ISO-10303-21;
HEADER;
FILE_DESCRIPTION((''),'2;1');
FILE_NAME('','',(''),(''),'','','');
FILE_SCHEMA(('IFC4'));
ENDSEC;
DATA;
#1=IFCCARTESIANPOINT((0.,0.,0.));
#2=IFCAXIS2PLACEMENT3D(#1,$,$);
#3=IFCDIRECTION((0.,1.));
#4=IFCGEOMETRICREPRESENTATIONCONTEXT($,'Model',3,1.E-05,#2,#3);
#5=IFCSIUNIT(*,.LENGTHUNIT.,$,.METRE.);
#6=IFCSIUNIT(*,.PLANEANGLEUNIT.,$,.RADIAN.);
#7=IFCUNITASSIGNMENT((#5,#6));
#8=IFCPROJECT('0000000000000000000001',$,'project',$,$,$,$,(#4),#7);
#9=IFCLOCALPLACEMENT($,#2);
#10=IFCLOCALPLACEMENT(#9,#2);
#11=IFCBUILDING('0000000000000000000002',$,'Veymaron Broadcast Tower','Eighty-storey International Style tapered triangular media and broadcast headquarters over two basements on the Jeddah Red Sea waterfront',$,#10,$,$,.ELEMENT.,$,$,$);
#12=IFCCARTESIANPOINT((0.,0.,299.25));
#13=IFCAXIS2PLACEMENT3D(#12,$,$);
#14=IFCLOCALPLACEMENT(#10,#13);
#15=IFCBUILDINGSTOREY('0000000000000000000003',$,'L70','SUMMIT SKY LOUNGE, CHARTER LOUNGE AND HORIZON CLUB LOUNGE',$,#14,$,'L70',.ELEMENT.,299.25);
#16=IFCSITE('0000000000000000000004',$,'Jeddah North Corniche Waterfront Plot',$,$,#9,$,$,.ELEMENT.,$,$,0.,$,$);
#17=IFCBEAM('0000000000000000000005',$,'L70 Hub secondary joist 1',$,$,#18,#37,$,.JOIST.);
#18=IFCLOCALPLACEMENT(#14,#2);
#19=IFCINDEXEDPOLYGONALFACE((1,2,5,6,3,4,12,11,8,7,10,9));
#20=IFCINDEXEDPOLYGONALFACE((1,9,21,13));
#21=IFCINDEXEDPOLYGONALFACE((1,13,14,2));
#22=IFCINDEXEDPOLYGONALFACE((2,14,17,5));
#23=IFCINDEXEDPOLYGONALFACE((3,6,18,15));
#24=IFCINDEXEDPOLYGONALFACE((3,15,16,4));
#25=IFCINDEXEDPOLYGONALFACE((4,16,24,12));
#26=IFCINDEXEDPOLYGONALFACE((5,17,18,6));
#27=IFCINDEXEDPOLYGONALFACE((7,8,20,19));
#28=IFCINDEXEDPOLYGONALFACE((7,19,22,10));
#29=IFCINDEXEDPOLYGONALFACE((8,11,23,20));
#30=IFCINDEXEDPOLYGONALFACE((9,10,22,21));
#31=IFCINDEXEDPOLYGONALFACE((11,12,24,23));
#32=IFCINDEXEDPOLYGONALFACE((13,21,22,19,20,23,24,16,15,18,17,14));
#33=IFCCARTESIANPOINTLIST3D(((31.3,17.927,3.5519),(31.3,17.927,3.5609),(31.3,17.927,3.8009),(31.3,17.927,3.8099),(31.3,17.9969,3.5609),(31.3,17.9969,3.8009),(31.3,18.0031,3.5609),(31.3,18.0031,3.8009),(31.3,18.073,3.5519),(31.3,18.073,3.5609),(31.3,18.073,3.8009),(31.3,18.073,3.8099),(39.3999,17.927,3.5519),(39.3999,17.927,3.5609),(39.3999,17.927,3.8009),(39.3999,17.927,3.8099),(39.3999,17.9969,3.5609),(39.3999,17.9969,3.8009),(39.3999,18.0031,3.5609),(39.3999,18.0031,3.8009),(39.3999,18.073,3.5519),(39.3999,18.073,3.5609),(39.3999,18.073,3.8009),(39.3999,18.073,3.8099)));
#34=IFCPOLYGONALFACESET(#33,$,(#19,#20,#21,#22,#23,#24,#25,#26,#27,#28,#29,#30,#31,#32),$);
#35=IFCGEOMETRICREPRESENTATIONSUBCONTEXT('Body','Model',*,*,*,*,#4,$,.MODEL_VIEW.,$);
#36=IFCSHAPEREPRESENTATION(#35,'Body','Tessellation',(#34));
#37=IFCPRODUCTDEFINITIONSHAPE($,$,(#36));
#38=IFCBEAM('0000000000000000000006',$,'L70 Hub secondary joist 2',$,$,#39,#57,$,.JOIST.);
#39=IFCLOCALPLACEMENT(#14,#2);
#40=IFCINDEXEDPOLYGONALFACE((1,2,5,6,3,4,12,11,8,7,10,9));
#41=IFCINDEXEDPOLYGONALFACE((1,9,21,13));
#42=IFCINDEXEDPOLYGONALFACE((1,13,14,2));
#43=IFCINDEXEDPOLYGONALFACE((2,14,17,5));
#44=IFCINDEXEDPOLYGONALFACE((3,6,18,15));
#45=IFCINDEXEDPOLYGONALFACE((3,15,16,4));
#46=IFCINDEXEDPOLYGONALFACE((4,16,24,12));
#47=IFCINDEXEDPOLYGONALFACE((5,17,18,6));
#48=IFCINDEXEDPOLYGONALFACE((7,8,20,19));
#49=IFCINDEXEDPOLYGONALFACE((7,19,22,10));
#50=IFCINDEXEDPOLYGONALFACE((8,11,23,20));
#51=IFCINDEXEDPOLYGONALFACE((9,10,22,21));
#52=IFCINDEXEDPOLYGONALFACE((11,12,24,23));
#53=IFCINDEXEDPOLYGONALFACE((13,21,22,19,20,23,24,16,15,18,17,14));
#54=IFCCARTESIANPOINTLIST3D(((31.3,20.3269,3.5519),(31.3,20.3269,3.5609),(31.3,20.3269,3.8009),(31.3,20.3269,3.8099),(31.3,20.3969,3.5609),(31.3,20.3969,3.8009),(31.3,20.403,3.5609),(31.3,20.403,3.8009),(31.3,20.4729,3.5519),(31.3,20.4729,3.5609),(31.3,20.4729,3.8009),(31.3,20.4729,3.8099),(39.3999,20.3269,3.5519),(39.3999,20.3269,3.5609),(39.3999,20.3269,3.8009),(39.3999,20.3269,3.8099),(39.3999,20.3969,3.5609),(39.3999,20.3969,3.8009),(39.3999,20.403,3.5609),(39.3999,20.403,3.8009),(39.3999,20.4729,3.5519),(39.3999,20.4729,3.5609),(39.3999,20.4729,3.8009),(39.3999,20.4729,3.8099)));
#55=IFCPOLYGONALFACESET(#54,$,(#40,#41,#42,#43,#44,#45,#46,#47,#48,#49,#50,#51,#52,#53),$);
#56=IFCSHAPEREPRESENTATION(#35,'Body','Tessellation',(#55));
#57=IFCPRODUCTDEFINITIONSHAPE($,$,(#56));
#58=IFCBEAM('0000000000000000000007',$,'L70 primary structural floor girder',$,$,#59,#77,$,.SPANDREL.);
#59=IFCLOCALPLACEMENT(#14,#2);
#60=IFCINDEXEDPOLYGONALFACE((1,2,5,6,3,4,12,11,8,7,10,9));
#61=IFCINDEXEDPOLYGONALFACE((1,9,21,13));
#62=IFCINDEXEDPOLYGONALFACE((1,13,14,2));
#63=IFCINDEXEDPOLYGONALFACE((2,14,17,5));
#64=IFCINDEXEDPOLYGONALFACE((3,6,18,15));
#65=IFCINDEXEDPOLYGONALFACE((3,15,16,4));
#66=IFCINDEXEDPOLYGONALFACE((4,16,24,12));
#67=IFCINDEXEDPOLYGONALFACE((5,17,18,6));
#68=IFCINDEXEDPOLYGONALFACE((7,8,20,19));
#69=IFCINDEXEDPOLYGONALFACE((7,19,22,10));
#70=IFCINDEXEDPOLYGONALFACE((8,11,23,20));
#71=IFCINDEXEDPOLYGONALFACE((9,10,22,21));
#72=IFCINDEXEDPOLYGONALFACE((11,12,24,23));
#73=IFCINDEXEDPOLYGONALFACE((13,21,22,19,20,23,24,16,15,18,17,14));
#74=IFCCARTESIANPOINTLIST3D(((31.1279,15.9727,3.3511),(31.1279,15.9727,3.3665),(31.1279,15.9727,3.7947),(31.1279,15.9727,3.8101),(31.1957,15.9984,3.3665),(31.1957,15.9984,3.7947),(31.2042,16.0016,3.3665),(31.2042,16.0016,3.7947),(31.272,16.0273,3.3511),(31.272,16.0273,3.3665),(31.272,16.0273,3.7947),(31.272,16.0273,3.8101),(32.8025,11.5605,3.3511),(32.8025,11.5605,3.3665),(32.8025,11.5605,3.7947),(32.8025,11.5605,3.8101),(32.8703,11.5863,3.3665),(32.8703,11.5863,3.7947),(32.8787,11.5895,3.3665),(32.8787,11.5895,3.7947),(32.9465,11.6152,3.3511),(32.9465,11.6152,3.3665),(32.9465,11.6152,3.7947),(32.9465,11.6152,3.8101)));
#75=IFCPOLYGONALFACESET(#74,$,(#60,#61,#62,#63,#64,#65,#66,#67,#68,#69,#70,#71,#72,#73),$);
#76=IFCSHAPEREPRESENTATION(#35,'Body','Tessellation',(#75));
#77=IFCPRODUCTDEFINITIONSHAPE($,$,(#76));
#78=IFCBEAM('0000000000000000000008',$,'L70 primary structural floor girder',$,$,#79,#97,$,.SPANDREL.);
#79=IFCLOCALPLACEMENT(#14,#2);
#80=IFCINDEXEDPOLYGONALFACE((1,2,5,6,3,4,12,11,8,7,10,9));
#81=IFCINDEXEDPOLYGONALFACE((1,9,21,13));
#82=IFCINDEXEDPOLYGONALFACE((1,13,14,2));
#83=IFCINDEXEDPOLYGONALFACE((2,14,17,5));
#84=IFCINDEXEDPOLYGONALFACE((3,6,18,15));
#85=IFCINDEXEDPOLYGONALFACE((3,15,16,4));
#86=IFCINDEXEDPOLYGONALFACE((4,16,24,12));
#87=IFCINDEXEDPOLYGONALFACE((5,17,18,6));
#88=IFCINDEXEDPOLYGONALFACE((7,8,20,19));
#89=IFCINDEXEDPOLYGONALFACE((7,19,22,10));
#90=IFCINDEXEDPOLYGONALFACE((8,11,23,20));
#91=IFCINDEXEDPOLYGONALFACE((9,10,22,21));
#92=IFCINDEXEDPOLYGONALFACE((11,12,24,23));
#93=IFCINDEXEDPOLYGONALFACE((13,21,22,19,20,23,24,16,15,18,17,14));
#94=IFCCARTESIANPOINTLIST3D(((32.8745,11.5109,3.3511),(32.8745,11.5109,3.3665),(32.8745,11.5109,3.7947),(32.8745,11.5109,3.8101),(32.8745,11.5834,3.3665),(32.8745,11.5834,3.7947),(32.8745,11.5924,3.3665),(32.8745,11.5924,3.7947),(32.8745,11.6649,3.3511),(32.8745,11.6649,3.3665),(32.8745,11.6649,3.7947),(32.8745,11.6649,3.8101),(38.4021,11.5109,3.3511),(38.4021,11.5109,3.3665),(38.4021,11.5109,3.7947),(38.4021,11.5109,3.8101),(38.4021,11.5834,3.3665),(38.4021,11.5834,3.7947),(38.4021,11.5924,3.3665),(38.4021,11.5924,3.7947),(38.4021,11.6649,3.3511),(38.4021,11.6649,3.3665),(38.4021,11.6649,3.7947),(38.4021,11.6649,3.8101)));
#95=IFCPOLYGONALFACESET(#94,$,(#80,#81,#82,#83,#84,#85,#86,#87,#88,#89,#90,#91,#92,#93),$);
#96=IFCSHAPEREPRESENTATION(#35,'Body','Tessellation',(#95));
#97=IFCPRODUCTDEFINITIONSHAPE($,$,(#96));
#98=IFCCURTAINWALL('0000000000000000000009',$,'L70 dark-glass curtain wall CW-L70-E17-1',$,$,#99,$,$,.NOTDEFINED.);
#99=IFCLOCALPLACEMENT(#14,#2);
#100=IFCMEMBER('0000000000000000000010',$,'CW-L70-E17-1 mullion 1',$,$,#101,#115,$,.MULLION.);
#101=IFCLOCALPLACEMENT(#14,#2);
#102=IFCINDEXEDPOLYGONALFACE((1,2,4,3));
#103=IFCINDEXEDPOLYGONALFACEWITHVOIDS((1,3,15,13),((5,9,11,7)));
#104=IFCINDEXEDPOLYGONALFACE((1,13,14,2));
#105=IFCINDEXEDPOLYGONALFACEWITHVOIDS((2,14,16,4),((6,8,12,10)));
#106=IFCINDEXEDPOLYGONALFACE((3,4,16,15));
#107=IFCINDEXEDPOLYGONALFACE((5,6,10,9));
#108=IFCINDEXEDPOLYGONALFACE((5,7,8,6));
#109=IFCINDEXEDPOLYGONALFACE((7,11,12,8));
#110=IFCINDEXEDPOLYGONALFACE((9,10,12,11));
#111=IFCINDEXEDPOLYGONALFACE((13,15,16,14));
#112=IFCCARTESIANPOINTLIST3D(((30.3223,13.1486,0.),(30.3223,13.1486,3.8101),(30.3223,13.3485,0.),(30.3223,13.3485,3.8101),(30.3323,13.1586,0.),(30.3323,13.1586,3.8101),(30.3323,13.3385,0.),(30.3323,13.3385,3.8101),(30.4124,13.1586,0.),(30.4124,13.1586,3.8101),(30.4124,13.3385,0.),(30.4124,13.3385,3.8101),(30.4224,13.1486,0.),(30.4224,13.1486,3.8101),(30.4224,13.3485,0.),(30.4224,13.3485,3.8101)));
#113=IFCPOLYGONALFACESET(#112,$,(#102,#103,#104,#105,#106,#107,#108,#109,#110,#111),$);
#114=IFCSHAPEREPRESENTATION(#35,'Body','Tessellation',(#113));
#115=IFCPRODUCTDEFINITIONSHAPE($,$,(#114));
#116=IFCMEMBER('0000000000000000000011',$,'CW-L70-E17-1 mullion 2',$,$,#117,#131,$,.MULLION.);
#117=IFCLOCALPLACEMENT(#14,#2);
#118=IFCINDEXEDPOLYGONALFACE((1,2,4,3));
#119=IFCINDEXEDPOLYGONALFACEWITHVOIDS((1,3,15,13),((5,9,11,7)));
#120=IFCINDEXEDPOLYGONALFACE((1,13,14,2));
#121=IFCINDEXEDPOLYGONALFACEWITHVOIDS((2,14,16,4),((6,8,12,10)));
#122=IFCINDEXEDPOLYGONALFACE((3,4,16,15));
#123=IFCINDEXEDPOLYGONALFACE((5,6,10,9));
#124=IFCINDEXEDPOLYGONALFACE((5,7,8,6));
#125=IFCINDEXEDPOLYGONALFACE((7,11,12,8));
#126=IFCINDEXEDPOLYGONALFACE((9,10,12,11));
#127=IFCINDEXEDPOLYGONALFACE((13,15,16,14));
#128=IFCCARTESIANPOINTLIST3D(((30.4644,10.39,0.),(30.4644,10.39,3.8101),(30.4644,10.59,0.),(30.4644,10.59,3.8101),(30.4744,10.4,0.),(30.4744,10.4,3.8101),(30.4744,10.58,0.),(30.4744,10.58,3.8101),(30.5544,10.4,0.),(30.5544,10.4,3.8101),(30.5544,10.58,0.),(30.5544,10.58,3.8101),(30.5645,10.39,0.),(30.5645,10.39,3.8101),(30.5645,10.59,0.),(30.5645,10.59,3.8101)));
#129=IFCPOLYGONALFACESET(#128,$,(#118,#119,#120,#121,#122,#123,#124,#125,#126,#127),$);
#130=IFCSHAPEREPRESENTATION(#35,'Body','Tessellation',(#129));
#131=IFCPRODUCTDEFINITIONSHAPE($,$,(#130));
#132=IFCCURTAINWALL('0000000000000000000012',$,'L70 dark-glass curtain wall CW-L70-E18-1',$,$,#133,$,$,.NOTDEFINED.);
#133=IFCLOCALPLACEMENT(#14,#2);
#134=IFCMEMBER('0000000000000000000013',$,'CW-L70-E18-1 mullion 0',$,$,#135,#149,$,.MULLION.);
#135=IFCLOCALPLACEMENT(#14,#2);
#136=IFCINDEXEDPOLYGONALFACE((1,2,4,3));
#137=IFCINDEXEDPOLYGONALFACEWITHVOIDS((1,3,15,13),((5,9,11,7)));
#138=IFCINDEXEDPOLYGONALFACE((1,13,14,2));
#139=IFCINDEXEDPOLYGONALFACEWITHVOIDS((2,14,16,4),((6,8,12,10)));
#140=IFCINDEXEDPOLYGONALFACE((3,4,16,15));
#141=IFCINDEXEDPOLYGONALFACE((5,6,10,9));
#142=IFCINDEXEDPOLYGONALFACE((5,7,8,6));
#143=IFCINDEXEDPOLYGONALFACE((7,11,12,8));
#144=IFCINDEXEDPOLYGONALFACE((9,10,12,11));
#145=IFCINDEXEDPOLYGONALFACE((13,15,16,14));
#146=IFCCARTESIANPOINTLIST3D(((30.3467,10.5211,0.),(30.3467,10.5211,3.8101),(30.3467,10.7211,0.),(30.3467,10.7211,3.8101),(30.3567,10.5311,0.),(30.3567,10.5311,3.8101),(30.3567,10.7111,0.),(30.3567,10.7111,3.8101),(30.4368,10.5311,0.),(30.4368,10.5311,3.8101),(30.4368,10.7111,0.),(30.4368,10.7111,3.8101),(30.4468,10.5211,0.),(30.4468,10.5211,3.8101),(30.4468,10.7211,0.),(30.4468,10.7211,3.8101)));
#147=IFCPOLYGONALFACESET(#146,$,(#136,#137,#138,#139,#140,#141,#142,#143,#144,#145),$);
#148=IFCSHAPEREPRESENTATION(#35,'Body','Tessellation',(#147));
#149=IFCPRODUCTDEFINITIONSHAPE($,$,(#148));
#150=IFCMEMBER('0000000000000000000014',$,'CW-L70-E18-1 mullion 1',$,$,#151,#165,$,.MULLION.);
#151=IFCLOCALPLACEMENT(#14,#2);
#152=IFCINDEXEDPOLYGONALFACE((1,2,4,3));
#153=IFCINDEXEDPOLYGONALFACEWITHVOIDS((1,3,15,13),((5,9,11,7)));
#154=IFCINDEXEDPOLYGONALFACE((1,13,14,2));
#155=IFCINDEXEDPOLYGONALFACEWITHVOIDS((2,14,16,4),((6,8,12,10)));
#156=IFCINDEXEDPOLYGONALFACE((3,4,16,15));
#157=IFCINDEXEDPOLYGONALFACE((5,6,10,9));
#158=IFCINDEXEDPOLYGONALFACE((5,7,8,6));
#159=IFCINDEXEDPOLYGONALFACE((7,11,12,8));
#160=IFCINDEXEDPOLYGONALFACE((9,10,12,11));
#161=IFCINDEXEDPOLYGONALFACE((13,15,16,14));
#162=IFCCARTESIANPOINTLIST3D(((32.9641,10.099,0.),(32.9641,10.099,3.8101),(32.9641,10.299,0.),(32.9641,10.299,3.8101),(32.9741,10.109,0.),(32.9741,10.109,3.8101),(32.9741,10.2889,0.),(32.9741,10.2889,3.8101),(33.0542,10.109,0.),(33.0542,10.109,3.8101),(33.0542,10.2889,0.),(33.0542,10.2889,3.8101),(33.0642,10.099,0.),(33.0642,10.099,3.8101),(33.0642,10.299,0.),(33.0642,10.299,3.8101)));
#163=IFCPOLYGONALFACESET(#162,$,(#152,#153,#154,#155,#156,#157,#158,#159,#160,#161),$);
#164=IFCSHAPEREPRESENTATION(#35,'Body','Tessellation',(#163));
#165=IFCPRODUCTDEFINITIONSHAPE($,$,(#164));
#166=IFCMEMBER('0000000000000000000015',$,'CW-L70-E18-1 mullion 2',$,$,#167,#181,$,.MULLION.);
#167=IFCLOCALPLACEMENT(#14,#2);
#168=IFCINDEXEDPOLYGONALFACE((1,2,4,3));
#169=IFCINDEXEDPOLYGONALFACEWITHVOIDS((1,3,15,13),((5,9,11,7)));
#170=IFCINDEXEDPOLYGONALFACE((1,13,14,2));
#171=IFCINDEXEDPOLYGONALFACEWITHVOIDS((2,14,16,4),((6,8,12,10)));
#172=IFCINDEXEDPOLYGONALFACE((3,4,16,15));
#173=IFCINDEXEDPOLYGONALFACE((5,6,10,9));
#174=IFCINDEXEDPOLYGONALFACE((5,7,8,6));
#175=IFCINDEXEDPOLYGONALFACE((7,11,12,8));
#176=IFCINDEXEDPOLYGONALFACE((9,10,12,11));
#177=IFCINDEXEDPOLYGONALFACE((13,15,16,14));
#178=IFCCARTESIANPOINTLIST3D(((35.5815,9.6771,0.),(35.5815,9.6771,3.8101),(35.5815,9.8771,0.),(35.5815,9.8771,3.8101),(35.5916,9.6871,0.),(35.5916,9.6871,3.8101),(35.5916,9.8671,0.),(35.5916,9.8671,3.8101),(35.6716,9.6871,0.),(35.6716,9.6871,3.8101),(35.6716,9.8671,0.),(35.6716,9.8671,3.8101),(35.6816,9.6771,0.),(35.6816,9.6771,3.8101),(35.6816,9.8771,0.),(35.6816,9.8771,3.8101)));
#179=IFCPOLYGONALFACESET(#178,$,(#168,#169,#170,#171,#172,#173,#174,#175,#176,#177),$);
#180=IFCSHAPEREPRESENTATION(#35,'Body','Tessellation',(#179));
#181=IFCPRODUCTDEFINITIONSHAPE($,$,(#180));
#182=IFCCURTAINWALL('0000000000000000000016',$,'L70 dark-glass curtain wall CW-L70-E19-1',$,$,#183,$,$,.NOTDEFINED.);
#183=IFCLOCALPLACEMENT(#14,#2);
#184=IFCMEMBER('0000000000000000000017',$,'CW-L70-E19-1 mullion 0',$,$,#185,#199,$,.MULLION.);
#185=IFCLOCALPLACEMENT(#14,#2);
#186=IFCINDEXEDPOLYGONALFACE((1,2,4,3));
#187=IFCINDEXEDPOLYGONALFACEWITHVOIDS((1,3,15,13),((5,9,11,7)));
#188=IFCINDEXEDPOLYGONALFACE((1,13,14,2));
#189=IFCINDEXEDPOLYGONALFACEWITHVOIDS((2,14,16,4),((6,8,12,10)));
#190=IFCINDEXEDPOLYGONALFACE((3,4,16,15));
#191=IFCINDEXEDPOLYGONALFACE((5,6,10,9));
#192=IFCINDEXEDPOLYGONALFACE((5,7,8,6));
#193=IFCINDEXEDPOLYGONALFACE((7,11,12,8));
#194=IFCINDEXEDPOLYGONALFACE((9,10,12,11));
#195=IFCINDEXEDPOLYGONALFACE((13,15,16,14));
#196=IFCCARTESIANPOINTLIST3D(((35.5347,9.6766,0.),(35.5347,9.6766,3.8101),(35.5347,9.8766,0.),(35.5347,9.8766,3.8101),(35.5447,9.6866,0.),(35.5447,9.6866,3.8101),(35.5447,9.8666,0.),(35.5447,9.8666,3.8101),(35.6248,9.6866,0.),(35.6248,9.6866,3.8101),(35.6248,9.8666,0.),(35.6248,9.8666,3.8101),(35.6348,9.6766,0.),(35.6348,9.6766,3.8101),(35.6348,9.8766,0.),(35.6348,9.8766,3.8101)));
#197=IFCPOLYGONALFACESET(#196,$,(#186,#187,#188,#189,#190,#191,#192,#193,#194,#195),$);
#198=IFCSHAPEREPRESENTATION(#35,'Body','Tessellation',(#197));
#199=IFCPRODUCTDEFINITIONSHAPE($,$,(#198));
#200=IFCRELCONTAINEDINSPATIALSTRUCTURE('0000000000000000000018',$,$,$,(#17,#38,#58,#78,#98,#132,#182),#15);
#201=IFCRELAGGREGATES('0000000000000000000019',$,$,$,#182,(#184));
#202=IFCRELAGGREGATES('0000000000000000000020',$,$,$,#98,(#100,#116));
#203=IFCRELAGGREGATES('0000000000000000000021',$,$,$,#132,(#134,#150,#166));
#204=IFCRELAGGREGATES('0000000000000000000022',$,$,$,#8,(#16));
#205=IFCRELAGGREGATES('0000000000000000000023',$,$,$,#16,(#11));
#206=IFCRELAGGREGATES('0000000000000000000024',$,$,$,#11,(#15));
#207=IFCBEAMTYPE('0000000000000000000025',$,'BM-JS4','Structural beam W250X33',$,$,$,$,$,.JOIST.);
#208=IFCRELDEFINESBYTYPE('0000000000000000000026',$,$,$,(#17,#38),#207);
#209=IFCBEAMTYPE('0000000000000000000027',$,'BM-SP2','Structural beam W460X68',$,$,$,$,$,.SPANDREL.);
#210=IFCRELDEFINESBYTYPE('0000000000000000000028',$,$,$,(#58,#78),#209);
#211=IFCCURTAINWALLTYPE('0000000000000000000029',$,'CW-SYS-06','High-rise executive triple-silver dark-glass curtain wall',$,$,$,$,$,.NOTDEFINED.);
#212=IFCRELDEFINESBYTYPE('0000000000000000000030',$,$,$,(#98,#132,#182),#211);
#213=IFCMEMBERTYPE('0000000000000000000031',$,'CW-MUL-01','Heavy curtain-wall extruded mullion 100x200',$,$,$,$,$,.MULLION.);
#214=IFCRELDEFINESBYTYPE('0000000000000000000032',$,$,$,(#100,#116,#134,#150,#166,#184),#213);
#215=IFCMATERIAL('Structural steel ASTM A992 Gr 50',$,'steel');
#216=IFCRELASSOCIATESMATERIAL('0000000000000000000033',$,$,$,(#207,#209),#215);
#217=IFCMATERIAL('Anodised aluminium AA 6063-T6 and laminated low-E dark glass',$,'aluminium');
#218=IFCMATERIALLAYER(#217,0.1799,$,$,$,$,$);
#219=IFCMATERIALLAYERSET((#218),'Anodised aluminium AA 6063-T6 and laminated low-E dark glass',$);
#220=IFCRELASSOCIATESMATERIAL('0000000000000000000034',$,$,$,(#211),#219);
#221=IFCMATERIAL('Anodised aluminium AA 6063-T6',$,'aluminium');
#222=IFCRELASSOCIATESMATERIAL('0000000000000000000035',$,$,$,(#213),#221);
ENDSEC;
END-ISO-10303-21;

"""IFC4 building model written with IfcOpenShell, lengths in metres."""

from ifc_helpers import new_model, si_unit, direction, frame, origin, origin_2d, place, context, subcontext, project, spatial, hollow_rectangle, i_section, extrude, material, layer, layer_set, material_profile, profile_set, type_object, element, aggregate, save


model = new_model("IFC4")

# Units and contexts
model_context = context("Model", 3, precision=1e-05, world=origin(), true_north=direction((0.0, 1.0)))
body_context = subcontext(model_context, "Body", "Model", "MODEL_VIEW")
ifc_project = project(units=[si_unit("LENGTHUNIT", "METRE"), si_unit("PLANEANGLEUNIT", "RADIAN")], contexts=[model_context])

# Site, building, storey
site_placement = place(None, origin())
site = spatial("IfcSite", under=ifc_project, at=site_placement, Name="Jeddah North Corniche Waterfront Plot", CompositionType="ELEMENT", RefElevation=0.0)
building_placement = place(site_placement, origin())
building = spatial("IfcBuilding", under=site, at=building_placement, Name="Veymaron Broadcast Tower", Description="Eighty-storey International Style tapered triangular media and broadcast headquarters over two basements on the Jeddah Red Sea waterfront", CompositionType="ELEMENT")
storey_placement = place(building_placement, frame((0.0, 0.0, 299.25)))
storey = spatial("IfcBuildingStorey", under=building, at=storey_placement, Name="L70", Description="SUMMIT SKY LOUNGE, CHARTER LOUNGE AND HORIZON CLUB LOUNGE", LongName="L70", CompositionType="ELEMENT", Elevation=299.25)

# Shared definitions
ifc_material_1 = material(Name="Structural steel ASTM A992 Gr 50", Category="steel")

# Beams
ifc_material_profile_1 = material_profile(ifc_material_1, i_section(OverallWidth=0.146, OverallDepth=0.2581, WebThickness=0.0061, FlangeThickness=0.009, at=origin_2d()), Name="W250X33")
ifc_profile_set_1 = profile_set([ifc_material_profile_1], Name="Structural steel ASTM A992 Gr 50")
beam_type_1 = type_object("IfcBeamType", Name="BM-JS4", Description="Structural beam W250X33", PredefinedType="JOIST", material=ifc_profile_set_1)
for number, where, z_axis, x_axis, name in (
    (1, (31.3, 18.0, 3.6809), (1.0, 0.0, 0.0), (0.0, 1.0, 0.0), "L70 Hub secondary joist 1"),
    (2, (31.3, 20.3999, 3.6809), (1.0, 0.0, 0.0), (0.0, 1.0, 0.0), "L70 Hub secondary joist 2"),
):
    element("IfcBeam", number, at=place(storey_placement, frame(where, z_axis=z_axis, x_axis=x_axis)), inside=storey, type_object=beam_type_1, Name=name, PredefinedType="JOIST", context=body_context, shape_type="SweptSolid", body=[
        extrude(i_section(OverallWidth=0.146, OverallDepth=0.2581, WebThickness=0.0061, FlangeThickness=0.009, at=origin_2d()), origin(), (0.0, 0.0, 1.0), 8.0999),
    ])
ifc_material_profile_2 = material_profile(ifc_material_1, i_section(OverallWidth=0.1541, OverallDepth=0.459, WebThickness=0.009, FlangeThickness=0.0154, at=origin_2d()), Name="W460X68")
ifc_profile_set_2 = profile_set([ifc_material_profile_2], Name="Structural steel ASTM A992 Gr 50")
beam_type_2 = type_object("IfcBeamType", Name="BM-SP2", Description="Structural beam W460X68", PredefinedType="SPANDREL", material=ifc_profile_set_2)
beam_1_placement = place(storey_placement, frame((31.2, 16.0, 3.5806), z_axis=(0.35484, -0.934927, 0.0), x_axis=(0.934927, 0.35484, 0.0)))
element("IfcBeam", 3, at=beam_1_placement, inside=storey, type_object=beam_type_2, Name="L70 primary structural floor girder", PredefinedType="SPANDREL", context=body_context, shape_type="SweptSolid", body=[
    extrude(i_section(OverallWidth=0.1541, OverallDepth=0.459, WebThickness=0.009, FlangeThickness=0.0154, at=origin_2d()), origin(), (0.0, 0.0, 1.0), 4.7192),
])
beam_2_placement = place(storey_placement, frame((32.8745, 11.5879, 3.5806), z_axis=(1.0, 0.0, 0.0), x_axis=(0.0, 1.0, 0.0)))
element("IfcBeam", 4, at=beam_2_placement, inside=storey, type_object=beam_type_2, Name="L70 primary structural floor girder", PredefinedType="SPANDREL", context=body_context, shape_type="SweptSolid", body=[
    extrude(i_section(OverallWidth=0.1541, OverallDepth=0.459, WebThickness=0.009, FlangeThickness=0.0154, at=origin_2d()), origin(), (0.0, 0.0, 1.0), 5.5276),
])

# Curtain walls, members
ifc_material_2 = material(Name="Anodised aluminium AA 6063-T6 and laminated low-E dark glass", Category="aluminium")
ifc_layer_1 = layer(ifc_material_2, 0.1799)
ifc_layer_set_1 = layer_set([ifc_layer_1], Name="Anodised aluminium AA 6063-T6 and laminated low-E dark glass")
curtain_wall_type = type_object("IfcCurtainWallType", Name="CW-SYS-06", Description="High-rise executive triple-silver dark-glass curtain wall", PredefinedType="NOTDEFINED", material=ifc_layer_set_1)
curtain_wall_1_placement = place(storey_placement, origin())
curtain_wall_1 = element("IfcCurtainWall", 5, at=curtain_wall_1_placement, inside=storey, type_object=curtain_wall_type, Name="L70 dark-glass curtain wall CW-L70-E17-1", PredefinedType="NOTDEFINED")
ifc_material_3 = material(Name="Anodised aluminium AA 6063-T6", Category="aluminium")
ifc_material_profile_3 = material_profile(ifc_material_3, hollow_rectangle(XDim=0.1001, YDim=0.2, WallThickness=0.01, at=origin_2d()), Name="RHS200X100X10")
ifc_profile_set_3 = profile_set([ifc_material_profile_3], Name="Anodised aluminium AA 6063-T6")
member_type_1 = type_object("IfcMemberType", Name="CW-MUL-01", Description="Heavy curtain-wall extruded mullion 100x200", PredefinedType="MULLION", material=ifc_profile_set_3)
member_1_placement = place(storey_placement, frame((30.3723, 13.2485, 0.0), z_axis=(0.0, 0.0, 1.0), x_axis=(1.0, 0.0, 0.0)))
member_1 = element("IfcMember", 6, at=member_1_placement, type_object=member_type_1, Name="CW-L70-E17-1 mullion 1", PredefinedType="MULLION", context=body_context, shape_type="SweptSolid", body=[
    extrude(hollow_rectangle(XDim=0.1001, YDim=0.2, WallThickness=0.01, at=origin_2d()), origin(), (0.0, 0.0, 1.0), 3.8101),
])
member_2_placement = place(storey_placement, frame((30.5144, 10.49, 0.0), z_axis=(0.0, 0.0, 1.0), x_axis=(1.0, 0.0, 0.0)))
member_2 = element("IfcMember", 7, at=member_2_placement, type_object=member_type_1, Name="CW-L70-E17-1 mullion 2", PredefinedType="MULLION", context=body_context, shape_type="SweptSolid", body=[
    extrude(hollow_rectangle(XDim=0.1001, YDim=0.2, WallThickness=0.01, at=origin_2d()), origin(), (0.0, 0.0, 1.0), 3.8101),
])
curtain_wall_2_placement = place(storey_placement, origin())
curtain_wall_2 = element("IfcCurtainWall", 8, at=curtain_wall_2_placement, inside=storey, type_object=curtain_wall_type, Name="L70 dark-glass curtain wall CW-L70-E18-1", PredefinedType="NOTDEFINED")
member_3_placement = place(storey_placement, frame((30.3967, 10.6211, 0.0), z_axis=(0.0, 0.0, 1.0), x_axis=(1.0, 0.0, 0.0)))
member_3 = element("IfcMember", 9, at=member_3_placement, type_object=member_type_1, Name="CW-L70-E18-1 mullion 0", PredefinedType="MULLION", context=body_context, shape_type="SweptSolid", body=[
    extrude(hollow_rectangle(XDim=0.1001, YDim=0.2, WallThickness=0.01, at=origin_2d()), origin(), (0.0, 0.0, 1.0), 3.8101),
])
member_4_placement = place(storey_placement, frame((33.0142, 10.199, 0.0), z_axis=(0.0, 0.0, 1.0), x_axis=(1.0, 0.0, 0.0)))
member_4 = element("IfcMember", 10, at=member_4_placement, type_object=member_type_1, Name="CW-L70-E18-1 mullion 1", PredefinedType="MULLION", context=body_context, shape_type="SweptSolid", body=[
    extrude(hollow_rectangle(XDim=0.1001, YDim=0.2, WallThickness=0.01, at=origin_2d()), origin(), (0.0, 0.0, 1.0), 3.8101),
])
member_5_placement = place(storey_placement, frame((35.6316, 9.7771, 0.0), z_axis=(0.0, 0.0, 1.0), x_axis=(1.0, 0.0, 0.0)))
member_5 = element("IfcMember", 11, at=member_5_placement, type_object=member_type_1, Name="CW-L70-E18-1 mullion 2", PredefinedType="MULLION", context=body_context, shape_type="SweptSolid", body=[
    extrude(hollow_rectangle(XDim=0.1001, YDim=0.2, WallThickness=0.01, at=origin_2d()), origin(), (0.0, 0.0, 1.0), 3.8101),
])

# Curtain wall, member
curtain_wall_3_placement = place(storey_placement, origin())
curtain_wall_3 = element("IfcCurtainWall", 12, at=curtain_wall_3_placement, inside=storey, type_object=curtain_wall_type, Name="L70 dark-glass curtain wall CW-L70-E19-1", PredefinedType="NOTDEFINED")
member_6_placement = place(storey_placement, frame((35.5847, 9.7766, 0.0), z_axis=(0.0, 0.0, 1.0), x_axis=(1.0, 0.0, 0.0)))
member_6 = element("IfcMember", 13, at=member_6_placement, type_object=member_type_1, Name="CW-L70-E19-1 mullion 0", PredefinedType="MULLION", context=body_context, shape_type="SweptSolid", body=[
    extrude(hollow_rectangle(XDim=0.1001, YDim=0.2, WallThickness=0.01, at=origin_2d()), origin(), (0.0, 0.0, 1.0), 3.8101),
])
aggregate(curtain_wall_3, [member_6])

aggregate(curtain_wall_1, [member_1, member_2])
aggregate(curtain_wall_2, [member_3, member_4, member_5])

save(model, "model.ifc")
